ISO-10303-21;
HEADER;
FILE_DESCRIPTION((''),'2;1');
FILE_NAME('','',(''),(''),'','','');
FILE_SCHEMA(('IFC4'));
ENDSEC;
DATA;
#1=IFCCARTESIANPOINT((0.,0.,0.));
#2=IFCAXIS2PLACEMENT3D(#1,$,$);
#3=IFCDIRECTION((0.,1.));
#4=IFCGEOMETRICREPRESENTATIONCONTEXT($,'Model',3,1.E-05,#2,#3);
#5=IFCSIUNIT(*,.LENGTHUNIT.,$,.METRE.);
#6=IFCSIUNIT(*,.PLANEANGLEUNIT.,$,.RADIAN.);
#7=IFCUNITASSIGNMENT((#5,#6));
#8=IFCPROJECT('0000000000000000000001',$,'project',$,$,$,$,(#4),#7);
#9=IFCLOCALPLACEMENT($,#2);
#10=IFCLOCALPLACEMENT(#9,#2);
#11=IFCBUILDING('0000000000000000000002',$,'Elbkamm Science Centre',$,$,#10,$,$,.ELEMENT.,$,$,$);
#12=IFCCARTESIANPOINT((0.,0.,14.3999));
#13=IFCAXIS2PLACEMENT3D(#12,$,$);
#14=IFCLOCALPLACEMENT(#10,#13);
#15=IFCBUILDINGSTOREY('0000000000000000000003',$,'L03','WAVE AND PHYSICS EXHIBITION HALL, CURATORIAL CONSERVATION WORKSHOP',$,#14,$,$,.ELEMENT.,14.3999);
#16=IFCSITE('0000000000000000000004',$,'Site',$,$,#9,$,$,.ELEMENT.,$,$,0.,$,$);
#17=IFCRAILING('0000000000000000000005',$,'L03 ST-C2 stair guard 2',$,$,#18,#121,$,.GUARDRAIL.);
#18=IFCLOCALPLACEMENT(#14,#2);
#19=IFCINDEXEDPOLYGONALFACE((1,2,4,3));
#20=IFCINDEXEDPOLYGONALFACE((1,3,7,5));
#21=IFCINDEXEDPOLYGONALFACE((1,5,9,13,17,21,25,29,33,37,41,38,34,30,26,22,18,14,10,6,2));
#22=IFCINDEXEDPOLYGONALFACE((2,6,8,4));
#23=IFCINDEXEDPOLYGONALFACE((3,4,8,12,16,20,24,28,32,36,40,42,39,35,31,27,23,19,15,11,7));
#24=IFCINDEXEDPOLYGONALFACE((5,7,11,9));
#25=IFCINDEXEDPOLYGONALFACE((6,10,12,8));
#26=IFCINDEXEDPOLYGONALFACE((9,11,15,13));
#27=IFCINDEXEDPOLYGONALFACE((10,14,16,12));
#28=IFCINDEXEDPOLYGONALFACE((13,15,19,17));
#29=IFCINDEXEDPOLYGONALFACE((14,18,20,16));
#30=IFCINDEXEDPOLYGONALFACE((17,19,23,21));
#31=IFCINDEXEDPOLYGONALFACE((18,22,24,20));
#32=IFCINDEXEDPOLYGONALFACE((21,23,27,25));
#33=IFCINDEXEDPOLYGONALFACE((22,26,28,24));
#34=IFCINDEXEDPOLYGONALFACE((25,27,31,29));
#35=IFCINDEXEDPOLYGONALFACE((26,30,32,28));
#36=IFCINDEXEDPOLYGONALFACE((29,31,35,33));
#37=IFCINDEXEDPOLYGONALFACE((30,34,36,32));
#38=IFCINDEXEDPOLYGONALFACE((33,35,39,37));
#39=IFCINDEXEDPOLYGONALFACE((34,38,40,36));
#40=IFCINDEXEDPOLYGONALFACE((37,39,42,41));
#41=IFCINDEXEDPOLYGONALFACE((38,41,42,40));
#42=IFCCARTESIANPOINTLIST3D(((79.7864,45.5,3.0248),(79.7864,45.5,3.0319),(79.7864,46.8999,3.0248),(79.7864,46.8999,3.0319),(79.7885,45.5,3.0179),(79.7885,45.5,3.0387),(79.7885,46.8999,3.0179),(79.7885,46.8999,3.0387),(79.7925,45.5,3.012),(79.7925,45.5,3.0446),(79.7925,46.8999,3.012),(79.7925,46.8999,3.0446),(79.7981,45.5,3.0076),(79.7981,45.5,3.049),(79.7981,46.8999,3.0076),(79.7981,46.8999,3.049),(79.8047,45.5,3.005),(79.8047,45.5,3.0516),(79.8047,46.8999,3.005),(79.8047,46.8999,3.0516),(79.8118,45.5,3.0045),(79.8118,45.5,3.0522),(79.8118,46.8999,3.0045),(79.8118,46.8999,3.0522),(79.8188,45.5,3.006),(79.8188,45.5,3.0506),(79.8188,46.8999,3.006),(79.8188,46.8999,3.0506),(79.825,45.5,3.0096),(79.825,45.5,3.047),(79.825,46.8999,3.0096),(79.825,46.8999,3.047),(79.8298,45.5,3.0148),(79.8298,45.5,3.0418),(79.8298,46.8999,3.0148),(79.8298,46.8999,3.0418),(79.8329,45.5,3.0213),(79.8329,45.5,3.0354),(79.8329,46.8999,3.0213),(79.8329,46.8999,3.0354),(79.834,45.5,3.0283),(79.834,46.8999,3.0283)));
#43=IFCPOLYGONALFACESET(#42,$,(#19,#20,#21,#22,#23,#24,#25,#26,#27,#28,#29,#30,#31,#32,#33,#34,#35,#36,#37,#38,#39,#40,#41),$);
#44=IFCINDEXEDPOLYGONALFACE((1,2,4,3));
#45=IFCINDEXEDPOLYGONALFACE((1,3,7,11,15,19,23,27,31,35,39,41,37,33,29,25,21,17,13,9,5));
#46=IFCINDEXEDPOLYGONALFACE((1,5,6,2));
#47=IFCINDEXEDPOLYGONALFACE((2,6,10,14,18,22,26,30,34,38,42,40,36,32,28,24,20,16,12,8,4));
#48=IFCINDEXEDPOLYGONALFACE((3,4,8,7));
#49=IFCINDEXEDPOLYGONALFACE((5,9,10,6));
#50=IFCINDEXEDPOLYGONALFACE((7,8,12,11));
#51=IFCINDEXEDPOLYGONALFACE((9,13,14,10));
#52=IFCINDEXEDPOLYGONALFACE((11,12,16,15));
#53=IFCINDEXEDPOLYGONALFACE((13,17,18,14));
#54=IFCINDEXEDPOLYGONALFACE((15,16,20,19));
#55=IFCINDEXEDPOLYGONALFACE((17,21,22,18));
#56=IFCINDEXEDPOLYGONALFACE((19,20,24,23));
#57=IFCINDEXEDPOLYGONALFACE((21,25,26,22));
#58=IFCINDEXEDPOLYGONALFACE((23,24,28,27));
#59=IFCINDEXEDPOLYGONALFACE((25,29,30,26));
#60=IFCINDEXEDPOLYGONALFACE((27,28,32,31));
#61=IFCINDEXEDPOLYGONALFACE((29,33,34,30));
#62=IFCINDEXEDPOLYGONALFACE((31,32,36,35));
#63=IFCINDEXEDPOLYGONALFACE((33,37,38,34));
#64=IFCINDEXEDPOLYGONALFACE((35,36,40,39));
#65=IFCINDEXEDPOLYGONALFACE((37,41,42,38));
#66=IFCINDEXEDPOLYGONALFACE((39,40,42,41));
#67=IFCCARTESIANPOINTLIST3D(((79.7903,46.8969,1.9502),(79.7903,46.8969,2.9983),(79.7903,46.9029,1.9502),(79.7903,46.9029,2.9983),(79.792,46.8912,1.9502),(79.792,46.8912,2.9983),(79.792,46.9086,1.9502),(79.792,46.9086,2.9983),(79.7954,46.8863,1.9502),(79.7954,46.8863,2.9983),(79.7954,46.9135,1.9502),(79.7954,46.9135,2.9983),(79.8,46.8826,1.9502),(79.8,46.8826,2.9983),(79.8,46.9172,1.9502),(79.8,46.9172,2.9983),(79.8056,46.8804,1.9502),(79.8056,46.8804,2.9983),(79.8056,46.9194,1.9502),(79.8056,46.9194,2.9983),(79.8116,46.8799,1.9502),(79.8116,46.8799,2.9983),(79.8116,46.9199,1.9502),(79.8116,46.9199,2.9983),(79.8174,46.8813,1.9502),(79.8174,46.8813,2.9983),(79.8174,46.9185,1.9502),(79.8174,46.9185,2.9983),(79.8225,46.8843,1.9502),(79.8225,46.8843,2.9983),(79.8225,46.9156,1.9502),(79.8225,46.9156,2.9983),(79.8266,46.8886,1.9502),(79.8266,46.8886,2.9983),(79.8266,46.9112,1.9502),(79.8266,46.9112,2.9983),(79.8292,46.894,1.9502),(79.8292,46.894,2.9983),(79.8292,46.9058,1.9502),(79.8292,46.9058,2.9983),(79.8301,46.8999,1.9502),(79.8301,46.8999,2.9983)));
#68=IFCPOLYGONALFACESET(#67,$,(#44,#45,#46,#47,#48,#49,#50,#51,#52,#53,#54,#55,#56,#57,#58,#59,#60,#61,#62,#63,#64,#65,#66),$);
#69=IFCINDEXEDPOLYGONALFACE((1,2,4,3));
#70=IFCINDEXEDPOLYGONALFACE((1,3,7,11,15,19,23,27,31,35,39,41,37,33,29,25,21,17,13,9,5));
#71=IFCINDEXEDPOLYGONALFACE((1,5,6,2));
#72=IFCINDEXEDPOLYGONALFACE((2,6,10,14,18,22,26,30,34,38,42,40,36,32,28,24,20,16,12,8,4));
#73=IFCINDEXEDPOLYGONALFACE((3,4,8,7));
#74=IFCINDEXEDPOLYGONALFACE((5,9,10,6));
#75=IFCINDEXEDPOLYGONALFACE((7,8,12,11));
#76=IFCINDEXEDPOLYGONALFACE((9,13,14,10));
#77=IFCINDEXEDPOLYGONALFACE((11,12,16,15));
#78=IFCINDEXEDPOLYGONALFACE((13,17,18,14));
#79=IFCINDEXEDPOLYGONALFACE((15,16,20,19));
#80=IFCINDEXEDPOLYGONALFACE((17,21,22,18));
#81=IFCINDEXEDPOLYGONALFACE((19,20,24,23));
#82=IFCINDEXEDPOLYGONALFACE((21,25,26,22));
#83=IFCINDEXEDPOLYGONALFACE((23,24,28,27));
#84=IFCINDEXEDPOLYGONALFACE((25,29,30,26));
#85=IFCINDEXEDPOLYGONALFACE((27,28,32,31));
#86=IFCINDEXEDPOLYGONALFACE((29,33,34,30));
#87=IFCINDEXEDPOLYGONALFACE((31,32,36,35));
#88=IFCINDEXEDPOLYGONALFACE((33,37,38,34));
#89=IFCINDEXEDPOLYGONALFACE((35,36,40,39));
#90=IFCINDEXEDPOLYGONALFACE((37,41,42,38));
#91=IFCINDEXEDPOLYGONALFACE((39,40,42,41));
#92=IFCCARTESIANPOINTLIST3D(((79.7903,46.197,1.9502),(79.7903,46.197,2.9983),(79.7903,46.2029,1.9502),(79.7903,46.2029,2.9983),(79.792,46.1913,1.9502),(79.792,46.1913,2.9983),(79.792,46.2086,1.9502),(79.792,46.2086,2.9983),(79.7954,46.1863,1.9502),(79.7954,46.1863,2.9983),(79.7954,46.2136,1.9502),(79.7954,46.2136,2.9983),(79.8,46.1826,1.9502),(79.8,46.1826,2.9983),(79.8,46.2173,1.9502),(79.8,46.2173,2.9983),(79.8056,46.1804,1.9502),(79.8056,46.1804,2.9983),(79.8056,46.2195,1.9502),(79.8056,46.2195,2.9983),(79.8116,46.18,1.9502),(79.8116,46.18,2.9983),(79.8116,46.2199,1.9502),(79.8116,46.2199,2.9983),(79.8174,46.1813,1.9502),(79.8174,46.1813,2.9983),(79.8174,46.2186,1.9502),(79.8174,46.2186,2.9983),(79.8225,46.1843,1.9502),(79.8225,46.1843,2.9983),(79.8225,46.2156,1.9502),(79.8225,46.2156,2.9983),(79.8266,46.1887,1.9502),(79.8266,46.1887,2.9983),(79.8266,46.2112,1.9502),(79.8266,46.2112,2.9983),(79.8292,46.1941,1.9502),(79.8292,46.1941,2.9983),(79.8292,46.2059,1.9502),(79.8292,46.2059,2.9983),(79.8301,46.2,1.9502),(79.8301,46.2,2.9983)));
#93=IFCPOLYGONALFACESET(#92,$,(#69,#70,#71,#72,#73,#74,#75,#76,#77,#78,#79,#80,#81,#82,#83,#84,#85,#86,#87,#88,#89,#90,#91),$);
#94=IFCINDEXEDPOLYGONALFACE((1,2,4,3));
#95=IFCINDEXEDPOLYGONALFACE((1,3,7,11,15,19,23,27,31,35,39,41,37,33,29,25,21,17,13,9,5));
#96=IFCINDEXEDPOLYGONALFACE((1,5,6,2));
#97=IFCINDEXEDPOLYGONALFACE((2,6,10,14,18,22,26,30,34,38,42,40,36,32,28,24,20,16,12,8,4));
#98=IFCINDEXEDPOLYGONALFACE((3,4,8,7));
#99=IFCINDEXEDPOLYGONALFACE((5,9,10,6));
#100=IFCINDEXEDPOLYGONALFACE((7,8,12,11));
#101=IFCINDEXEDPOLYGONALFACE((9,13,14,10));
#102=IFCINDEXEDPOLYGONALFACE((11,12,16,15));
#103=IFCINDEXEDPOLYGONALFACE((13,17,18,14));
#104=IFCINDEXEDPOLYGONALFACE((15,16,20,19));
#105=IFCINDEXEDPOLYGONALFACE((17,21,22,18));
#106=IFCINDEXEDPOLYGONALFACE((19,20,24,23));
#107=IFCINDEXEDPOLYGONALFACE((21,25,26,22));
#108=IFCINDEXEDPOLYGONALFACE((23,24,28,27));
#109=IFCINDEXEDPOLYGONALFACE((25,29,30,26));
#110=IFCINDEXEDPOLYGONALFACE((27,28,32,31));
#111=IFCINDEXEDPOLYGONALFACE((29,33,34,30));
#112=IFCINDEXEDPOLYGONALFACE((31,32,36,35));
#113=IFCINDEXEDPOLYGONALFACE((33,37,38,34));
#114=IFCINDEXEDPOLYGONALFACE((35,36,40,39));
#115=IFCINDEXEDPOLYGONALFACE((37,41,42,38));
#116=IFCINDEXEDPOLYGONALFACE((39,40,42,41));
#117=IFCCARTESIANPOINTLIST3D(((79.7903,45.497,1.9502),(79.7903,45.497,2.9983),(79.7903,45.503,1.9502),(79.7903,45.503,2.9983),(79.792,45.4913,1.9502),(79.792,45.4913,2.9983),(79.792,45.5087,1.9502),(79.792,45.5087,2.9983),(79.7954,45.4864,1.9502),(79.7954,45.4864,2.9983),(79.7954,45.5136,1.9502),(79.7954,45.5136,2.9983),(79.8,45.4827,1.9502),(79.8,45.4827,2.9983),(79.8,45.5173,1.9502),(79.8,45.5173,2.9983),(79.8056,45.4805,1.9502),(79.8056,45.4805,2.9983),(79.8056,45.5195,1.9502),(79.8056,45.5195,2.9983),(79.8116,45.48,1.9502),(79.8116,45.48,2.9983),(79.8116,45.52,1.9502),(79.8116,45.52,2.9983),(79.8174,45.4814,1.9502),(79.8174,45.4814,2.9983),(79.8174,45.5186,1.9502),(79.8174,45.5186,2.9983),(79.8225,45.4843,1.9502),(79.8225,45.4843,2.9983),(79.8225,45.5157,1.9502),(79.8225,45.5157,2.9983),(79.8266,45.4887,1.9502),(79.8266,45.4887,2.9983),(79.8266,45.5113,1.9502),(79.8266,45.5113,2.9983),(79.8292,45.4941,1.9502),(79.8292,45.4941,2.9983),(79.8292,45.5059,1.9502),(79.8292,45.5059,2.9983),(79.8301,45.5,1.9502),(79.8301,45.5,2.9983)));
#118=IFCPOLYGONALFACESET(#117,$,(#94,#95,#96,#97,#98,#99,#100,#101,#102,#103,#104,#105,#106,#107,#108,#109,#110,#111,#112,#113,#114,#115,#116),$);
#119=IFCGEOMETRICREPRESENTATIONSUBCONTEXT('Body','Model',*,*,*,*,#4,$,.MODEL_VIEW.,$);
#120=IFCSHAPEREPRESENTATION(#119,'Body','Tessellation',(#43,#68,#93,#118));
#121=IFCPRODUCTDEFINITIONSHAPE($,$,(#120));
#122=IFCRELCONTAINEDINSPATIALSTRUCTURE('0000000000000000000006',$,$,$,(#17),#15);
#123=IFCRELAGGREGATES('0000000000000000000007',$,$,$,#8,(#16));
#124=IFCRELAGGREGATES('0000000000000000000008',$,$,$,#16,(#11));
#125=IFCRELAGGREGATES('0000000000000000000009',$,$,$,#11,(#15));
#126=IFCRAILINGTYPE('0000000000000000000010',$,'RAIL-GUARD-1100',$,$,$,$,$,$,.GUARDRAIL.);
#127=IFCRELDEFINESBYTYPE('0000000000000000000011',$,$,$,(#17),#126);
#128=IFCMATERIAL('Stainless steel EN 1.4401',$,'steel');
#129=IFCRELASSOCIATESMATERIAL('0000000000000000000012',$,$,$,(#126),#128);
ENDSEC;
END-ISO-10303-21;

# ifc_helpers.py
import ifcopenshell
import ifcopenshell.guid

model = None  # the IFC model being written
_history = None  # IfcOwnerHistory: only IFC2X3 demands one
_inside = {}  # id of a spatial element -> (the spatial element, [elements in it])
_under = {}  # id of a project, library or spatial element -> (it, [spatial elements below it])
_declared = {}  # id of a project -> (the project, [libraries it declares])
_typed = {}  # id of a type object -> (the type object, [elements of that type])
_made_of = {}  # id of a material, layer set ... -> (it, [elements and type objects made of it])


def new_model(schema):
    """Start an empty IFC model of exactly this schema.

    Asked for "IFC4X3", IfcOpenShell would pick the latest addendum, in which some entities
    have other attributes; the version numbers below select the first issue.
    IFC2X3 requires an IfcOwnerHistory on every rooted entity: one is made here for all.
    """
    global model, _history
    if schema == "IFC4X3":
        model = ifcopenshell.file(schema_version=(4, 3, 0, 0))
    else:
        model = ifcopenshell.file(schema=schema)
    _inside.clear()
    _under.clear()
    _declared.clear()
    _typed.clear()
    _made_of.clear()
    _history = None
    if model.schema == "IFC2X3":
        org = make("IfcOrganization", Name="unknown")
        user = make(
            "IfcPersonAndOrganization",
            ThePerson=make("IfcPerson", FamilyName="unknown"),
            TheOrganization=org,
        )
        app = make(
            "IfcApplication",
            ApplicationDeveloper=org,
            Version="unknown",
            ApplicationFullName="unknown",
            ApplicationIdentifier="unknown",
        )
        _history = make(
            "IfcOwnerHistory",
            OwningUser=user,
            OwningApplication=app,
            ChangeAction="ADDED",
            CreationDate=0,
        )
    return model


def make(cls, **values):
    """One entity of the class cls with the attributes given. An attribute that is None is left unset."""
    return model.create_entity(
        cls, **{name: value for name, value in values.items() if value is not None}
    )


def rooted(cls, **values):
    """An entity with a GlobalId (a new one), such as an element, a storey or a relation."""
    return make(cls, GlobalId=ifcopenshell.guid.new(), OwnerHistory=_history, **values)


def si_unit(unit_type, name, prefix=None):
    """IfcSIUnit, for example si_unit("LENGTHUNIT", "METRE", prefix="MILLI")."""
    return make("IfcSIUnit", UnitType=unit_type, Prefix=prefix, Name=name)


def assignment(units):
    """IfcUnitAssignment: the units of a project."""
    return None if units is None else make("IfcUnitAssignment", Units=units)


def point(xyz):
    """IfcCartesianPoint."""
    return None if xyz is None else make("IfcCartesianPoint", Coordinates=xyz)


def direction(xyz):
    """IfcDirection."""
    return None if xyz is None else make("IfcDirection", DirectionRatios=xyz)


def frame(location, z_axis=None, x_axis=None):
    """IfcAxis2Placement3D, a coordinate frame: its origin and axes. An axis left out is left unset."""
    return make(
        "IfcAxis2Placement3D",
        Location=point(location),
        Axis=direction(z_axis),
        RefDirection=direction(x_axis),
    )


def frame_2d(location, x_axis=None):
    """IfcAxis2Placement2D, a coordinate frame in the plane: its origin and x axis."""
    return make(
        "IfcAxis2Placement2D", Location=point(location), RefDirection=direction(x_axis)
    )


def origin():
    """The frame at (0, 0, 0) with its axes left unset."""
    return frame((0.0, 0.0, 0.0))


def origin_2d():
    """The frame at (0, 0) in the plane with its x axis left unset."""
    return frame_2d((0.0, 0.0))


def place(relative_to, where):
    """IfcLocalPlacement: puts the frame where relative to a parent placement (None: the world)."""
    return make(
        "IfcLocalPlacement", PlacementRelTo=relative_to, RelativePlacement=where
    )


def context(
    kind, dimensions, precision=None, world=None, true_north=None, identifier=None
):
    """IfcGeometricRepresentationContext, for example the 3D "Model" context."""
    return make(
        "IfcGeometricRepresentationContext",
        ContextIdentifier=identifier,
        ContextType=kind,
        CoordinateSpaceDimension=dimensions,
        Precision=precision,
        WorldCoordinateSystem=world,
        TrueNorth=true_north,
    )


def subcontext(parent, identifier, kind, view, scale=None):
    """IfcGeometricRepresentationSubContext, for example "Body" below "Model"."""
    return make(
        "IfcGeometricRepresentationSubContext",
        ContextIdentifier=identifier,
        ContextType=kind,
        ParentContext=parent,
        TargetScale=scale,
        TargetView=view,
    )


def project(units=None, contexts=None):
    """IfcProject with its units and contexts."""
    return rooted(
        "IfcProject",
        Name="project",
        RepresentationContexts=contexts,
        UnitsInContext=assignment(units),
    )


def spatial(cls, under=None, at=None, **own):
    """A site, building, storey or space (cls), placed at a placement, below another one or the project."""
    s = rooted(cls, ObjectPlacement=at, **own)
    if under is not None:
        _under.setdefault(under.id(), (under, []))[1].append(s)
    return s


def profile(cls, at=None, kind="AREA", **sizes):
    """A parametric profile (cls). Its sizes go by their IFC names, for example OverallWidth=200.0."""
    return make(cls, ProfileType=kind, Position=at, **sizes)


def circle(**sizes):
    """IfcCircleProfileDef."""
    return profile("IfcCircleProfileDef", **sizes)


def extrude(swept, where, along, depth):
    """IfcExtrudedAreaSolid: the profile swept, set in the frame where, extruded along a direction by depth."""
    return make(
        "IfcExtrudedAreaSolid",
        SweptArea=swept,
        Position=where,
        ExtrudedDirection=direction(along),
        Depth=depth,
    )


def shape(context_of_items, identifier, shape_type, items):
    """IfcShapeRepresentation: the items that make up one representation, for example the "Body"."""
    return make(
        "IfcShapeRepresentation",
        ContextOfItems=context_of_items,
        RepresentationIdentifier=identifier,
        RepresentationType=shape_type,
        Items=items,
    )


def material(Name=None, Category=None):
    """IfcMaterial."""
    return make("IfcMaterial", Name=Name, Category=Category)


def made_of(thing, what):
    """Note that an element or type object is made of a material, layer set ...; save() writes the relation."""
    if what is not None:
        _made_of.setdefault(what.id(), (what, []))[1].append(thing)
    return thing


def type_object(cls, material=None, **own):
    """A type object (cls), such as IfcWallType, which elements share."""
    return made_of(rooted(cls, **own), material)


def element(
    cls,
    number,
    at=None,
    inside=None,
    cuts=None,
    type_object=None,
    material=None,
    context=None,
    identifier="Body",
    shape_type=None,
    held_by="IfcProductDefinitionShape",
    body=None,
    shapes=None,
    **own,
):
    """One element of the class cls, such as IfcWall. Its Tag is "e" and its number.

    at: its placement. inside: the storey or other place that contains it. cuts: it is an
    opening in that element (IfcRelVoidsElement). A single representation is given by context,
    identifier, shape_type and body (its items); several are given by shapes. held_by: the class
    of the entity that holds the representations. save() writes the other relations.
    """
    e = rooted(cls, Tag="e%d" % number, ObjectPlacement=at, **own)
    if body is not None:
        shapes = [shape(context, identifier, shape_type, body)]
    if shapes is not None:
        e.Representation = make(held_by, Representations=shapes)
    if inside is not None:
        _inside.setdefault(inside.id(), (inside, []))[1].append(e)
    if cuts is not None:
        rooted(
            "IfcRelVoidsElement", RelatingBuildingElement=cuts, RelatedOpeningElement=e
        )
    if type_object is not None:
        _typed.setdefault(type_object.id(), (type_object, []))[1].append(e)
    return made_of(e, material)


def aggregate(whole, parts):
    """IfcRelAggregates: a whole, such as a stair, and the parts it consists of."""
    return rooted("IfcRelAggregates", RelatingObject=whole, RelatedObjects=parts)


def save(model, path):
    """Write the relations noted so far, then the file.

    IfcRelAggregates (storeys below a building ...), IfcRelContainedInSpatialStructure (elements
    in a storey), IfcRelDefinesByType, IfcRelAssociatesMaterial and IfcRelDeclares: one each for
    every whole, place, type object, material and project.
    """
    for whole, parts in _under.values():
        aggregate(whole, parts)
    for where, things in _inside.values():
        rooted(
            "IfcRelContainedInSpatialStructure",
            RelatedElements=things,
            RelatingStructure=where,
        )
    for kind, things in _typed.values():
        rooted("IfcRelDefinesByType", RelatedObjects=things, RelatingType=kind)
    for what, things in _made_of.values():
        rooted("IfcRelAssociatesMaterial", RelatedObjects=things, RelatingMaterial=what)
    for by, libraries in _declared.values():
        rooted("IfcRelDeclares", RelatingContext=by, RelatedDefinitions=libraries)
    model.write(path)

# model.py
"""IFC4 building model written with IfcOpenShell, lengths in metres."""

from ifc_helpers import new_model, si_unit, direction, frame, origin, origin_2d, place, context, subcontext, project, spatial, circle, extrude, material, type_object, element, save


model = new_model("IFC4")

# Units and contexts
model_context = context("Model", 3, precision=1e-05, world=origin(), true_north=direction((0.0, 1.0)))
body_context = subcontext(model_context, "Body", "Model", "MODEL_VIEW")
ifc_project = project(units=[si_unit("LENGTHUNIT", "METRE"), si_unit("PLANEANGLEUNIT", "RADIAN")], contexts=[model_context])

# Site, building, storey
site_placement = place(None, origin())
site = spatial("IfcSite", under=ifc_project, at=site_placement, Name="Site", CompositionType="ELEMENT", RefElevation=0.0)
building_placement = place(site_placement, origin())
building = spatial("IfcBuilding", under=site, at=building_placement, Name="Elbkamm Science Centre", CompositionType="ELEMENT")
storey_placement = place(building_placement, frame((0.0, 0.0, 14.3999)))
storey = spatial("IfcBuildingStorey", under=building, at=storey_placement, Name="L03", Description="WAVE AND PHYSICS EXHIBITION HALL, CURATORIAL CONSERVATION WORKSHOP", CompositionType="ELEMENT", Elevation=14.3999)

# Railing
ifc_material_1 = material(Name="Stainless steel EN 1.4401", Category="steel")
railing_type_1 = type_object("IfcRailingType", Name="RAIL-GUARD-1100", PredefinedType="GUARDRAIL", material=ifc_material_1)
railing_1_placement = place(storey_placement, frame((79.8101, 46.8999, 1.9502)))
element("IfcRailing", 1, at=railing_1_placement, inside=storey, type_object=railing_type_1, Name="L03 ST-C2 stair guard 2", PredefinedType="GUARDRAIL", context=body_context, shape_type="SweptSolid", body=[
    extrude(circle(Radius=0.0239, at=origin_2d()), frame((0.0, 0.0, 1.0781), z_axis=(0.0, -1.0, 0.0), x_axis=(1.0, 0.0, 0.0)), (0.0, 0.0, 1.0), 1.3999),
    extrude(circle(Radius=0.02, at=origin_2d()), origin(), (0.0, 0.0, 1.0), 1.0481),
    extrude(circle(Radius=0.02, at=origin_2d()), frame((0.0, -0.7, 0.0)), (0.0, 0.0, 1.0), 1.0481),
    extrude(circle(Radius=0.02, at=origin_2d()), frame((0.0, -1.3999, 0.0)), (0.0, 0.0, 1.0), 1.0481),
])

save(model, "model.ifc")
